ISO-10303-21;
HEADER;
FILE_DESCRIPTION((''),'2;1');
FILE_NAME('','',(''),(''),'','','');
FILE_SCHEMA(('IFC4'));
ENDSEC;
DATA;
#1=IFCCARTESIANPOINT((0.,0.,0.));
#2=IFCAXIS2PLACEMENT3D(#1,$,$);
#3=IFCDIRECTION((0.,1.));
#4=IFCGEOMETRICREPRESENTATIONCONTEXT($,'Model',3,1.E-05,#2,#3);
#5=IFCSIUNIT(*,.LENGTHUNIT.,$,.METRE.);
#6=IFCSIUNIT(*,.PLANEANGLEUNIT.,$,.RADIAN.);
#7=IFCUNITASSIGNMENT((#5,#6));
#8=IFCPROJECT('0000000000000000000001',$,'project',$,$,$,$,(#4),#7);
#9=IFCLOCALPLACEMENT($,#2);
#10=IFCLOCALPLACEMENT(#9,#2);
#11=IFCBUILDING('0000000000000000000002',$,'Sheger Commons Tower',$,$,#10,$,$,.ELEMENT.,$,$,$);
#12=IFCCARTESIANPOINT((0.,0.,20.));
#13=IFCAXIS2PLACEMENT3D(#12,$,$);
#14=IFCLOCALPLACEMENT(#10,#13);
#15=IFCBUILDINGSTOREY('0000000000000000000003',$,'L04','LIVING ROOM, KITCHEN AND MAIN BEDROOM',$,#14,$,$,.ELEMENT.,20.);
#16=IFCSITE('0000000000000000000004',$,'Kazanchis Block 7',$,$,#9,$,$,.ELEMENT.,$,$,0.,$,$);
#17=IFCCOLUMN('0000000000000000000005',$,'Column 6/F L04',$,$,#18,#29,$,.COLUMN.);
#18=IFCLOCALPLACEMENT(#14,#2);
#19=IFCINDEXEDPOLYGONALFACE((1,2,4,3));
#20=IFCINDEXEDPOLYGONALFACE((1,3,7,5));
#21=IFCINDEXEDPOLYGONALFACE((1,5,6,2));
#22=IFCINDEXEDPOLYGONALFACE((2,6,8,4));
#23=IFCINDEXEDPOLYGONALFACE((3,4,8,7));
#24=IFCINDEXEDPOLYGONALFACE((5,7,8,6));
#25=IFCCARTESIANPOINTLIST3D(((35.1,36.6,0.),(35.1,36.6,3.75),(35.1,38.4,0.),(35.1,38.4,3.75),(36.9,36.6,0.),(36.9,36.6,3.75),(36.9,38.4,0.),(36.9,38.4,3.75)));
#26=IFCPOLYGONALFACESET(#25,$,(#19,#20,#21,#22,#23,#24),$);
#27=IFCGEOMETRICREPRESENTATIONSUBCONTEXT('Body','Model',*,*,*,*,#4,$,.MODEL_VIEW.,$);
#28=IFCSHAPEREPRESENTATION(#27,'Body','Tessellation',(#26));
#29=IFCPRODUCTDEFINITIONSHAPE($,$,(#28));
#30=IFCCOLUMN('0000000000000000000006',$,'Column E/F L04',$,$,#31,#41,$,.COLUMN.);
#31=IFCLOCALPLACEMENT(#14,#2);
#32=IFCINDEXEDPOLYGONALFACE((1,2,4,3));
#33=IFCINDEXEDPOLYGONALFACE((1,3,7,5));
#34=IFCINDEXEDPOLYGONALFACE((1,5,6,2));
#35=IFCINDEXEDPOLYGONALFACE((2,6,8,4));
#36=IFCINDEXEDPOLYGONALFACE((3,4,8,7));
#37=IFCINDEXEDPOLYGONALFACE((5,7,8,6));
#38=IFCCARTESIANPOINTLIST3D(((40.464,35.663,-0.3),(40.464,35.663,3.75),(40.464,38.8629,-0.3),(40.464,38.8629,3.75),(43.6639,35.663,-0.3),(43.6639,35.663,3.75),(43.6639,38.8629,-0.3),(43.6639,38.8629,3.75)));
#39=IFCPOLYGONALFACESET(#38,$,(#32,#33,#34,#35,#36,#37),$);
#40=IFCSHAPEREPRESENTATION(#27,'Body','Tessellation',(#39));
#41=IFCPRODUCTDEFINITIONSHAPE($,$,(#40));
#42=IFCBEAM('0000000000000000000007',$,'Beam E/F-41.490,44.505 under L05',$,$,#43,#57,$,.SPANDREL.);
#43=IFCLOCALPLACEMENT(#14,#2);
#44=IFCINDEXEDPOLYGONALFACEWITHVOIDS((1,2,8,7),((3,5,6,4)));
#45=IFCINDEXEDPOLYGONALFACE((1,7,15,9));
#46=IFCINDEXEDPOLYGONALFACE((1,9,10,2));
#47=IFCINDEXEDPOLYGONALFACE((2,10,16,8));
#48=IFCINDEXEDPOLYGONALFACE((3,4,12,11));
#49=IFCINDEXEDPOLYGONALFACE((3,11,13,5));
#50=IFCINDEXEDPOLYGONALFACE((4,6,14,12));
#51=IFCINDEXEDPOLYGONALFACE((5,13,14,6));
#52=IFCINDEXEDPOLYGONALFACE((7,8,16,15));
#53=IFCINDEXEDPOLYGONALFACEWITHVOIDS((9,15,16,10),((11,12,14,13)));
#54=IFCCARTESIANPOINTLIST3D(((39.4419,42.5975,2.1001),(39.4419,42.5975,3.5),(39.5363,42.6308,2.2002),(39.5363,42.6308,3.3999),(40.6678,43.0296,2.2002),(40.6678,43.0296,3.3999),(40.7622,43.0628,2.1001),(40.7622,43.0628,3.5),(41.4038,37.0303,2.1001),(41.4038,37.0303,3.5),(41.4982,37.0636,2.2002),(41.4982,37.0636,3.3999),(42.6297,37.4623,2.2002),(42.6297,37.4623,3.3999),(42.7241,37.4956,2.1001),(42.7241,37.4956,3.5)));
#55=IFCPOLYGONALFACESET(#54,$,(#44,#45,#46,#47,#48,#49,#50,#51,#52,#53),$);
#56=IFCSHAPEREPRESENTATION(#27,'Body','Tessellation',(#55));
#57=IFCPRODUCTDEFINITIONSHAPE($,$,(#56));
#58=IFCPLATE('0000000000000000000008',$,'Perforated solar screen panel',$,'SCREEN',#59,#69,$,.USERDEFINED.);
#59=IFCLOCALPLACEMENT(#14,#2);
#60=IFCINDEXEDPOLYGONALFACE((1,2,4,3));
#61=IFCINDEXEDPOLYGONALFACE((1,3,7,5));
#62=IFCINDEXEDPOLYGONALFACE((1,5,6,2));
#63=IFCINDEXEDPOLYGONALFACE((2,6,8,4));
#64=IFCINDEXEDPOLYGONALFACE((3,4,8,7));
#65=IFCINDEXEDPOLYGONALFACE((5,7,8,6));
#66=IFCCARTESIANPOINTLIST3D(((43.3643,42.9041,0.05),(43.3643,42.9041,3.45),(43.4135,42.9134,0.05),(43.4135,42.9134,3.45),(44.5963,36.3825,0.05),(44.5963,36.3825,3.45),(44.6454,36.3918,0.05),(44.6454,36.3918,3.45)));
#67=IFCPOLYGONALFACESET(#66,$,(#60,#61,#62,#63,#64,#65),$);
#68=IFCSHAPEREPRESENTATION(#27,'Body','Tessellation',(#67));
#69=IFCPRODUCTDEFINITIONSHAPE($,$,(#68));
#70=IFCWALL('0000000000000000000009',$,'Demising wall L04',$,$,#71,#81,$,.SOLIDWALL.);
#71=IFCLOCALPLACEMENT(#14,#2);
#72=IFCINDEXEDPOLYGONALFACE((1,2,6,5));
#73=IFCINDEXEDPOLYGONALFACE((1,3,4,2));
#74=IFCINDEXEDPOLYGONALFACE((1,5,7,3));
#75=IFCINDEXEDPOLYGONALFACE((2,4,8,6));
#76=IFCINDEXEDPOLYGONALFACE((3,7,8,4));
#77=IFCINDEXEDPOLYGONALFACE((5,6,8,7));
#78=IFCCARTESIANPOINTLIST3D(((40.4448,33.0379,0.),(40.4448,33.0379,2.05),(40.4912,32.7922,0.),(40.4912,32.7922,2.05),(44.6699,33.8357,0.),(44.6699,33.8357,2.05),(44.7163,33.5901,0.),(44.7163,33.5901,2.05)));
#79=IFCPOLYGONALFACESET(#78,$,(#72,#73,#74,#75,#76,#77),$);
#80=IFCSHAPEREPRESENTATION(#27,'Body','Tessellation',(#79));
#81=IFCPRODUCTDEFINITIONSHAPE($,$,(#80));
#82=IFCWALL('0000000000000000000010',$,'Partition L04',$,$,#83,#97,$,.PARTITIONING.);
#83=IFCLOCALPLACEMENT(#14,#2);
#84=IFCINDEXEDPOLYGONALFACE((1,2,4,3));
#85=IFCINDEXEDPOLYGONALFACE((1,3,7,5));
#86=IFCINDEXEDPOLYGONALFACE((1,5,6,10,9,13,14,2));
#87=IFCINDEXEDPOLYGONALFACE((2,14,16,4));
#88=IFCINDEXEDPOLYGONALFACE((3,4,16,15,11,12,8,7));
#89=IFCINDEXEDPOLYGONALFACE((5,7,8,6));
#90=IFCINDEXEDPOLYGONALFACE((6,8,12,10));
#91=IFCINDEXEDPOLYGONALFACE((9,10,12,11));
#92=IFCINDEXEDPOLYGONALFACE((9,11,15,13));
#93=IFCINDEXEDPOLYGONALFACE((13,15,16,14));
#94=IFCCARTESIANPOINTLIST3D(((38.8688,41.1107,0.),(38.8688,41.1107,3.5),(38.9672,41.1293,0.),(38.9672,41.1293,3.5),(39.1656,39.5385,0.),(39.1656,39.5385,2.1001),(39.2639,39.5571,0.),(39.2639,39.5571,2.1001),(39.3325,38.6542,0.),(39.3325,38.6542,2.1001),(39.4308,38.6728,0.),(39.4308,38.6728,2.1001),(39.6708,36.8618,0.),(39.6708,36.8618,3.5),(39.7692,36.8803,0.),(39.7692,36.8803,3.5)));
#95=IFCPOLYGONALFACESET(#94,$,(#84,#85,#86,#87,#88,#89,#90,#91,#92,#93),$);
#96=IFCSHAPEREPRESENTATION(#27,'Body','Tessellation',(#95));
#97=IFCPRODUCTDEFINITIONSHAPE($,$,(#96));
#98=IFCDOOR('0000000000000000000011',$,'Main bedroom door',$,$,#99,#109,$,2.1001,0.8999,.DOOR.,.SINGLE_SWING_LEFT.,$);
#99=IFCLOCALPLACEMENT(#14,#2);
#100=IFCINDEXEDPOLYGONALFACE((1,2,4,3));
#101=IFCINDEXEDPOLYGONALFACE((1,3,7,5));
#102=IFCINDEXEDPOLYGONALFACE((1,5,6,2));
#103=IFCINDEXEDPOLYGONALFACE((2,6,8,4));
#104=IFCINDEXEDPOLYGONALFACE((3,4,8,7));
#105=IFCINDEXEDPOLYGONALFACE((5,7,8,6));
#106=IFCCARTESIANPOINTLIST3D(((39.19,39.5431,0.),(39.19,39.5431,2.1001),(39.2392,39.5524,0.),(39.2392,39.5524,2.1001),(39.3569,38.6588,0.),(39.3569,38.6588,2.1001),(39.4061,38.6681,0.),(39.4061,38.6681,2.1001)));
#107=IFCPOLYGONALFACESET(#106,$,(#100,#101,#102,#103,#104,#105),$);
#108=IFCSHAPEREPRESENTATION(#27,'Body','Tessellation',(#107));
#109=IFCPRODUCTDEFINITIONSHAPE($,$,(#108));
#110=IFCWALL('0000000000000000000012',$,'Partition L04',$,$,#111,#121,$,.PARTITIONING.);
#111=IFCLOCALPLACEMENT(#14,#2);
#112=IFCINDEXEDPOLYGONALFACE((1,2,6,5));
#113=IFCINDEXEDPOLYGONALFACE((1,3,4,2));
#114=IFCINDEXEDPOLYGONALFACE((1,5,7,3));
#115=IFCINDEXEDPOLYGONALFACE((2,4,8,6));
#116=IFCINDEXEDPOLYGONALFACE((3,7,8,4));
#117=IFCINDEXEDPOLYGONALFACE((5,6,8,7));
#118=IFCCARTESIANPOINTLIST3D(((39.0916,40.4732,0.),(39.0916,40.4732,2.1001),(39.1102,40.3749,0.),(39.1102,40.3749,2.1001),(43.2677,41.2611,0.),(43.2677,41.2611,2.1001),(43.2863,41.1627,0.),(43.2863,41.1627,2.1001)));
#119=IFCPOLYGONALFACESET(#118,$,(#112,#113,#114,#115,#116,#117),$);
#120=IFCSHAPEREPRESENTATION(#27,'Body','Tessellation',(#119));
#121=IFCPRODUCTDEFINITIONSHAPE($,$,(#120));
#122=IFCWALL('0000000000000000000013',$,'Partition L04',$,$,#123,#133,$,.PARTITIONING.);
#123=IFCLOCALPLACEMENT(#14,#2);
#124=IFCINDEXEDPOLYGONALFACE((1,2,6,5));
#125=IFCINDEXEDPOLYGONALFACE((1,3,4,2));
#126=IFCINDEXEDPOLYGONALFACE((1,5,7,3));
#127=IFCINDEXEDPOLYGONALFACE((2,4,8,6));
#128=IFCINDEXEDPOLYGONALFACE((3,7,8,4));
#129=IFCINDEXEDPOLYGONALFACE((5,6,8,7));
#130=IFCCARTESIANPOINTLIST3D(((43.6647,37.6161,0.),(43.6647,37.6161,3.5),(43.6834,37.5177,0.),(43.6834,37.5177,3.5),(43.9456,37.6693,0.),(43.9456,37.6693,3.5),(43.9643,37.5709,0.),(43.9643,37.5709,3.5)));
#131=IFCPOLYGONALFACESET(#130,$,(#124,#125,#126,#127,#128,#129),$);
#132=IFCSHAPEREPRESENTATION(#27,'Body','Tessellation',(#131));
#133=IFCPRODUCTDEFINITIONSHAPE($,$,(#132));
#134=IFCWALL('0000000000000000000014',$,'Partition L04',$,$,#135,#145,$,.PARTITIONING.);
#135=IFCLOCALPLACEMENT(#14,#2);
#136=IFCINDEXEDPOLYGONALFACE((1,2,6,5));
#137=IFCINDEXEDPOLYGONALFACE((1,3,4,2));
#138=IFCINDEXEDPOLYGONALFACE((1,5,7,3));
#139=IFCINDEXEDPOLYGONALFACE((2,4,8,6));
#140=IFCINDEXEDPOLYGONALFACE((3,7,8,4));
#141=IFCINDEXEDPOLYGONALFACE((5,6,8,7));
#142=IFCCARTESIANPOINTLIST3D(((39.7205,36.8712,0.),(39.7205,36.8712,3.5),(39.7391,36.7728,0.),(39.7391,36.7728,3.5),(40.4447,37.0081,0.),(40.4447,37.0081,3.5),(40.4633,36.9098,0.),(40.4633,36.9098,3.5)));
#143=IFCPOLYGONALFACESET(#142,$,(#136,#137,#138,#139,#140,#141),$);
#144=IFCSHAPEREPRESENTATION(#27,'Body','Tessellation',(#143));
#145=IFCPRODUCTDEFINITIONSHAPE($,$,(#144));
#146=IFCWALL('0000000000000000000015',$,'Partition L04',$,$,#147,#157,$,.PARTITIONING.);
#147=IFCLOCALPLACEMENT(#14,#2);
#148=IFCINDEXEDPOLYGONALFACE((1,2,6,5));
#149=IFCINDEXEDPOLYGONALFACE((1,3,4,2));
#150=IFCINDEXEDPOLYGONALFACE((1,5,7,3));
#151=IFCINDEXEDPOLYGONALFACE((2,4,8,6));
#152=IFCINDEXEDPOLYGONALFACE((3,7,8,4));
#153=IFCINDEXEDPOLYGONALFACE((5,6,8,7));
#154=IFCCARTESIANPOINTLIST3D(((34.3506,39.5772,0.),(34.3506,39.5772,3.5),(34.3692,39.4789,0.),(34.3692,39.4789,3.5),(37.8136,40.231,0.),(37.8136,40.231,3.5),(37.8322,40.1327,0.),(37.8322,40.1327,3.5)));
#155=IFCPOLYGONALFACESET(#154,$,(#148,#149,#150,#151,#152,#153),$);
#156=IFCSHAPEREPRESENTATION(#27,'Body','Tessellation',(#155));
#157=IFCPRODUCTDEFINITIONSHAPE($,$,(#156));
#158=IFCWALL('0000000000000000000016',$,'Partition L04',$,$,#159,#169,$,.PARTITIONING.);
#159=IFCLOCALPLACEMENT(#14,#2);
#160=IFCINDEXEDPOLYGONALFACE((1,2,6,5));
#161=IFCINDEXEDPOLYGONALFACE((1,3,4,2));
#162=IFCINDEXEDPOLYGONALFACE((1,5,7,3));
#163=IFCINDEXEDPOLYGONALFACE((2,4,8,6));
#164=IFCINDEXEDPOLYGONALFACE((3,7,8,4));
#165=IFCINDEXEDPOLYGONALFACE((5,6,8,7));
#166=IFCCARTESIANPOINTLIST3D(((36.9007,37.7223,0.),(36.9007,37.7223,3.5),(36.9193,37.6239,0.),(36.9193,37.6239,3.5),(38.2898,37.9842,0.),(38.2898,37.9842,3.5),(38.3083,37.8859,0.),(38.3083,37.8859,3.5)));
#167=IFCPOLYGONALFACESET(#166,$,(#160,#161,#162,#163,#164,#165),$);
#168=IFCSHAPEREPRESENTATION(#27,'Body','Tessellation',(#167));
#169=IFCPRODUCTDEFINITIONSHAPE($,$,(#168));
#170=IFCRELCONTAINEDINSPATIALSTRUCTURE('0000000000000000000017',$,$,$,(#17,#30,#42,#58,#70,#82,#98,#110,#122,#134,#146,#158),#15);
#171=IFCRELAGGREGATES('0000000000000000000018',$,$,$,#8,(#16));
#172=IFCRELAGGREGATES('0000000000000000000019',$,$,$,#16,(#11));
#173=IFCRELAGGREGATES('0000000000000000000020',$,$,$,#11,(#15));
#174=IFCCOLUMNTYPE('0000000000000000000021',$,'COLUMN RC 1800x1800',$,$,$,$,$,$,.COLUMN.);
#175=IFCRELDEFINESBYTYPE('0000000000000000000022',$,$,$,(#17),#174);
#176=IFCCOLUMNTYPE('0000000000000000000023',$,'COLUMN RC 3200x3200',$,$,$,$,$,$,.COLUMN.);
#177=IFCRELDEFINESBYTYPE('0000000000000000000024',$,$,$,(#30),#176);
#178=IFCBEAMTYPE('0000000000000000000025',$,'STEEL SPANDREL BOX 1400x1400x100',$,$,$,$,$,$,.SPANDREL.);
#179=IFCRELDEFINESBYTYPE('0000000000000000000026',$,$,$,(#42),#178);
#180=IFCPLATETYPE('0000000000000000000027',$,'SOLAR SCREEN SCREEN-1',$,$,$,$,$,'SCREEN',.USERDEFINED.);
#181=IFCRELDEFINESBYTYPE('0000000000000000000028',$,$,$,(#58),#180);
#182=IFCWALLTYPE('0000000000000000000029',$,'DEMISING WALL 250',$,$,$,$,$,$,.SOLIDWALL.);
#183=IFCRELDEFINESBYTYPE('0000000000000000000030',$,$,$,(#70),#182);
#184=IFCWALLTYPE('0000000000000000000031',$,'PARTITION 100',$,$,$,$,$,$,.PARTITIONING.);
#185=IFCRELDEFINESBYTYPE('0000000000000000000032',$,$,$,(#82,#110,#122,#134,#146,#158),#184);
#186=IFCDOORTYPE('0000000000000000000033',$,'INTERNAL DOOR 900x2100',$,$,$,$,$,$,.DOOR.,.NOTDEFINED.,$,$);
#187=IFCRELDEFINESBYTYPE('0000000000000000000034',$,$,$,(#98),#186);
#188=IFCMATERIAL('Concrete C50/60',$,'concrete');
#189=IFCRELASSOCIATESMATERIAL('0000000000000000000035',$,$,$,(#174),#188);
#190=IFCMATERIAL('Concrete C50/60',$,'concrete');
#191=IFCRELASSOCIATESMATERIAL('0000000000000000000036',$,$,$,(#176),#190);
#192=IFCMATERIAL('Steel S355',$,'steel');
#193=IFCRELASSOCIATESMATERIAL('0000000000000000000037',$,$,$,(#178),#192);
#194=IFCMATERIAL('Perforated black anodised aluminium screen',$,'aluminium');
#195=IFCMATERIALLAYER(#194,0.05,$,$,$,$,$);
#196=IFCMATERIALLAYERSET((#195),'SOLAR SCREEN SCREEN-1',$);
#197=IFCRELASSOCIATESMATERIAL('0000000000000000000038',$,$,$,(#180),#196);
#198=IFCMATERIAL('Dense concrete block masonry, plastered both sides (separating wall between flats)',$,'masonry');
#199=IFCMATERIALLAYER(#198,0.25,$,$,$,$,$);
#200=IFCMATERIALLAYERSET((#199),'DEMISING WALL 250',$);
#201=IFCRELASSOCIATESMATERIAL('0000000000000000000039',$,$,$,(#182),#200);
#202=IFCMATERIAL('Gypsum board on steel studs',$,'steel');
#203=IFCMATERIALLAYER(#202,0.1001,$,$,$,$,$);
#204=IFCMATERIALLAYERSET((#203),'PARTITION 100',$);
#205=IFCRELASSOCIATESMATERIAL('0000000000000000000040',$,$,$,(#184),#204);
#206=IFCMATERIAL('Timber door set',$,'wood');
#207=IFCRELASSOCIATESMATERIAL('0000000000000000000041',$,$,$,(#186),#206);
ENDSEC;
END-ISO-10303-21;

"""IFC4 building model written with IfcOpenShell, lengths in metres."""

from ifc_helpers import new_model, si_unit, direction, frame, frame_2d, origin, origin_2d, place, context, subcontext, project, spatial, rectangle, hollow_rectangle, extrude, material, layer, layer_set, material_profile, profile_set, type_object, element, fill, save


model = new_model("IFC4")

# Units and contexts
model_context = context("Model", 3, precision=1e-05, world=origin(), true_north=direction((0.0, 1.0)))
body_context = subcontext(model_context, "Body", "Model", "MODEL_VIEW")
ifc_project = project(units=[si_unit("LENGTHUNIT", "METRE"), si_unit("PLANEANGLEUNIT", "RADIAN")], contexts=[model_context])

# Site, building, storey
site_placement = place(None, origin())
site = spatial("IfcSite", under=ifc_project, at=site_placement, Name="Kazanchis Block 7", CompositionType="ELEMENT", RefElevation=0.0)
building_placement = place(site_placement, origin())
building = spatial("IfcBuilding", under=site, at=building_placement, Name="Sheger Commons Tower", CompositionType="ELEMENT")
storey_placement = place(building_placement, frame((0.0, 0.0, 20.0)))
storey = spatial("IfcBuildingStorey", under=building, at=storey_placement, Name="L04", Description="LIVING ROOM, KITCHEN AND MAIN BEDROOM", CompositionType="ELEMENT", Elevation=20.0)

# Columns
ifc_material_1 = material(Name="Concrete C50/60", Category="concrete")
ifc_material_profile_1 = material_profile(ifc_material_1, rectangle(XDim=1.8, YDim=1.8, at=origin_2d()), Name="RC 1800x1800")
ifc_profile_set_1 = profile_set([ifc_material_profile_1], Name="Concrete C50/60")
column_type_1 = type_object("IfcColumnType", Name="COLUMN RC 1800x1800", PredefinedType="COLUMN", material=ifc_profile_set_1)
column_1_placement = place(storey_placement, frame((36.0, 37.5, 0.0), z_axis=(0.0, 0.0, 1.0), x_axis=(1.0, 0.0, 0.0)))
element("IfcColumn", 1, at=column_1_placement, inside=storey, type_object=column_type_1, Name="Column 6/F L04", PredefinedType="COLUMN", context=body_context, shape_type="SweptSolid", body=[
    extrude(rectangle(XDim=1.8, YDim=1.8, at=origin_2d()), origin(), (0.0, 0.0, 1.0), 3.75),
])
ifc_material_2 = material(Name="Concrete C50/60", Category="concrete")
ifc_material_profile_2 = material_profile(ifc_material_2, rectangle(XDim=3.2, YDim=3.2, at=origin_2d()), Name="RC 3200x3200")
ifc_profile_set_2 = profile_set([ifc_material_profile_2], Name="Concrete C50/60")
column_type_2 = type_object("IfcColumnType", Name="COLUMN RC 3200x3200", PredefinedType="COLUMN", material=ifc_profile_set_2)
column_2_placement = place(storey_placement, frame((42.064, 37.2629, -0.3), z_axis=(0.0, 0.0, 1.0), x_axis=(1.0, 0.0, 0.0)))
element("IfcColumn", 2, at=column_2_placement, inside=storey, type_object=column_type_2, Name="Column E/F L04", PredefinedType="COLUMN", context=body_context, shape_type="SweptSolid", body=[
    extrude(rectangle(XDim=3.2, YDim=3.2, at=origin_2d()), origin(), (0.0, 0.0, 1.0), 4.05),
])

# Beam
ifc_material_3 = material(Name="Steel S355", Category="steel")
ifc_material_profile_3 = material_profile(ifc_material_3, hollow_rectangle(XDim=1.3999, YDim=1.3999, WallThickness=0.1001, at=origin_2d()), Name="BOX 1400x1400x100")
ifc_profile_set_3 = profile_set([ifc_material_profile_3], Name="Steel S355")
beam_type = type_object("IfcBeamType", Name="STEEL SPANDREL BOX 1400x1400x100", PredefinedType="SPANDREL", material=ifc_profile_set_3)
beam_placement = place(storey_placement, frame((42.064, 37.2629, 2.8), z_axis=(-0.332374, 0.943148, 0.0), x_axis=(-0.943148, -0.332374, 0.0)))
element("IfcBeam", 3, at=beam_placement, inside=storey, type_object=beam_type, Name="Beam E/F-41.490,44.505 under L05", PredefinedType="SPANDREL", context=body_context, shape_type="SweptSolid", body=[
    extrude(hollow_rectangle(XDim=1.3999, YDim=1.3999, WallThickness=0.1001, at=origin_2d()), origin(), (0.0, 0.0, 1.0), 5.9028),
])

# Plate
ifc_material_4 = material(Name="Perforated black anodised aluminium screen", Category="aluminium")
ifc_layer_1 = layer(ifc_material_4, 0.05)
ifc_layer_set_1 = layer_set([ifc_layer_1], Name="SOLAR SCREEN SCREEN-1")
plate_type = type_object("IfcPlateType", Name="SOLAR SCREEN SCREEN-1", ElementType="SCREEN", PredefinedType="USERDEFINED", material=ifc_layer_set_1)
plate_placement = place(storey_placement, frame((44.0049, 39.6479, 0.05), z_axis=(0.0, 0.0, 1.0), x_axis=(-0.185615, 0.982623, 0.0)))
element("IfcPlate", 4, at=plate_placement, inside=storey, type_object=plate_type, Name="Perforated solar screen panel", ObjectType="SCREEN", PredefinedType="USERDEFINED", context=body_context, shape_type="SweptSolid", body=[
    extrude(rectangle(XDim=6.637, YDim=0.05, at=origin_2d()), origin(), (0.0, 0.0, 1.0), 3.3999),
])

# Wall
ifc_material_5 = material(Name="Dense concrete block masonry, plastered both sides (separating wall between flats)", Category="masonry")
ifc_layer_2 = layer(ifc_material_5, 0.25)
ifc_layer_set_2 = layer_set([ifc_layer_2], Name="DEMISING WALL 250")
wall_type_1 = type_object("IfcWallType", Name="DEMISING WALL 250", PredefinedType="SOLIDWALL", material=ifc_layer_set_2)
wall_1_placement = place(storey_placement, frame((44.6931, 33.7129, 0.0), z_axis=(0.0, 0.0, 1.0), x_axis=(-0.982634, -0.185557, 0.0)))
element("IfcWall", 5, at=wall_1_placement, inside=storey, type_object=wall_type_1, Name="Demising wall L04", PredefinedType="SOLIDWALL", context=body_context, shape_type="SweptSolid", body=[
    extrude(rectangle(XDim=4.2998, YDim=0.25, at=frame_2d((2.1499, 0.0))), origin(), (0.0, 0.0, 1.0), 2.05),
])

# Wall, opening, door
ifc_material_6 = material(Name="Gypsum board on steel studs", Category="steel")
ifc_layer_3 = layer(ifc_material_6, 0.1001)
ifc_layer_set_3 = layer_set([ifc_layer_3], Name="PARTITION 100")
wall_type_2 = type_object("IfcWallType", Name="PARTITION 100", PredefinedType="PARTITIONING", material=ifc_layer_set_3)
wall_2_placement = place(storey_placement, frame((38.918, 41.1201, 0.0), z_axis=(0.0, 0.0, 1.0), x_axis=(0.185475, -0.982649, 0.0)))
wall_2 = element("IfcWall", 6, at=wall_2_placement, inside=storey, type_object=wall_type_2, Name="Partition L04", PredefinedType="PARTITIONING", context=body_context, shape_type="SweptSolid", body=[
    extrude(rectangle(XDim=4.324, YDim=0.1001, at=frame_2d((2.1621, 0.0))), origin(), (0.0, 0.0, 1.0), 3.5),
])
opening_placement = place(wall_2_placement, frame((1.6001, 0.0, 0.0)))
opening = element("IfcOpeningElement", 7, at=opening_placement, cuts=wall_2, PredefinedType="OPENING", context=body_context, shape_type="SweptSolid", body=[
    extrude(rectangle(XDim=0.8999, YDim=2.1001, at=frame_2d((0.45, 1.05))), frame((0.0, 0.0601, 0.0), z_axis=(0.0, -1.0, 0.0), x_axis=(1.0, 0.0, 0.0)), (0.0, 0.0, 1.0), 0.1201),
])
ifc_material_7 = material(Name="Timber door set", Category="wood")
door_type = type_object("IfcDoorType", Name="INTERNAL DOOR 900x2100", OperationType="NOTDEFINED", PredefinedType="DOOR", material=ifc_material_7)
door_placement = place(opening_placement, origin())
door = element("IfcDoor", 8, at=door_placement, inside=storey, type_object=door_type, Name="Main bedroom door", OperationType="SINGLE_SWING_LEFT", OverallHeight=2.1001, OverallWidth=0.8999, PredefinedType="DOOR", context=body_context, shape_type="SweptSolid", body=[
    extrude(rectangle(XDim=0.8999, YDim=2.1001, at=frame_2d((0.45, 1.05))), frame((0.0, 0.0249, 0.0), z_axis=(0.0, -1.0, 0.0), x_axis=(1.0, 0.0, 0.0)), (0.0, 0.0, 1.0), 0.05),
])
fill(opening, door)

# Walls
wall_3_placement = place(storey_placement, frame((43.2771, 41.2119, 0.0), z_axis=(0.0, 0.0, 1.0), x_axis=(-0.982665, -0.185388, 0.0)))
element("IfcWall", 9, at=wall_3_placement, inside=storey, type_object=wall_type_2, Name="Partition L04", PredefinedType="PARTITIONING", context=body_context, shape_type="SweptSolid", body=[
    extrude(rectangle(XDim=4.2498, YDim=0.1001, at=frame_2d((2.125, 0.0))), origin(), (0.0, 0.0, 1.0), 2.1001),
])
wall_4_placement = place(storey_placement, frame((43.9551, 37.6201, 0.0), z_axis=(0.0, 0.0, 1.0), x_axis=(-0.982532, -0.186092, 0.0)))
element("IfcWall", 10, at=wall_4_placement, inside=storey, type_object=wall_type_2, Name="Partition L04", PredefinedType="PARTITIONING", context=body_context, shape_type="SweptSolid", body=[
    extrude(rectangle(XDim=0.2859, YDim=0.1001, at=frame_2d((0.1431, 0.0))), origin(), (0.0, 0.0, 1.0), 3.5),
])
wall_5_placement = place(storey_placement, frame((40.4541, 36.959, 0.0), z_axis=(0.0, 0.0, 1.0), x_axis=(-0.982578, -0.185848, 0.0)))
element("IfcWall", 11, at=wall_5_placement, inside=storey, type_object=wall_type_2, Name="Partition L04", PredefinedType="PARTITIONING", context=body_context, shape_type="SweptSolid", body=[
    extrude(rectangle(XDim=0.7371, YDim=0.1001, at=frame_2d((0.3687, 0.0))), origin(), (0.0, 0.0, 1.0), 3.5),
])
wall_6_placement = place(storey_placement, frame((37.823, 40.1819, 0.0), z_axis=(0.0, 0.0, 1.0), x_axis=(-0.982639, -0.185527, 0.0)))
element("IfcWall", 12, at=wall_6_placement, inside=storey, type_object=wall_type_2, Name="Partition L04", PredefinedType="PARTITIONING", context=body_context, shape_type="SweptSolid", body=[
    extrude(rectangle(XDim=3.5242, YDim=0.1001, at=frame_2d((1.7622, 0.0))), origin(), (0.0, 0.0, 1.0), 3.5),
])
wall_7_placement = place(storey_placement, frame((38.2991, 37.9351, 0.0), z_axis=(0.0, 0.0, 1.0), x_axis=(-0.98268, -0.18531, 0.0)))
element("IfcWall", 13, at=wall_7_placement, inside=storey, type_object=wall_type_2, Name="Partition L04", PredefinedType="PARTITIONING", context=body_context, shape_type="SweptSolid", body=[
    extrude(rectangle(XDim=1.4136, YDim=0.1001, at=frame_2d((0.7068, 0.0))), origin(), (0.0, 0.0, 1.0), 3.5),
])

save(model, "model.ifc")
